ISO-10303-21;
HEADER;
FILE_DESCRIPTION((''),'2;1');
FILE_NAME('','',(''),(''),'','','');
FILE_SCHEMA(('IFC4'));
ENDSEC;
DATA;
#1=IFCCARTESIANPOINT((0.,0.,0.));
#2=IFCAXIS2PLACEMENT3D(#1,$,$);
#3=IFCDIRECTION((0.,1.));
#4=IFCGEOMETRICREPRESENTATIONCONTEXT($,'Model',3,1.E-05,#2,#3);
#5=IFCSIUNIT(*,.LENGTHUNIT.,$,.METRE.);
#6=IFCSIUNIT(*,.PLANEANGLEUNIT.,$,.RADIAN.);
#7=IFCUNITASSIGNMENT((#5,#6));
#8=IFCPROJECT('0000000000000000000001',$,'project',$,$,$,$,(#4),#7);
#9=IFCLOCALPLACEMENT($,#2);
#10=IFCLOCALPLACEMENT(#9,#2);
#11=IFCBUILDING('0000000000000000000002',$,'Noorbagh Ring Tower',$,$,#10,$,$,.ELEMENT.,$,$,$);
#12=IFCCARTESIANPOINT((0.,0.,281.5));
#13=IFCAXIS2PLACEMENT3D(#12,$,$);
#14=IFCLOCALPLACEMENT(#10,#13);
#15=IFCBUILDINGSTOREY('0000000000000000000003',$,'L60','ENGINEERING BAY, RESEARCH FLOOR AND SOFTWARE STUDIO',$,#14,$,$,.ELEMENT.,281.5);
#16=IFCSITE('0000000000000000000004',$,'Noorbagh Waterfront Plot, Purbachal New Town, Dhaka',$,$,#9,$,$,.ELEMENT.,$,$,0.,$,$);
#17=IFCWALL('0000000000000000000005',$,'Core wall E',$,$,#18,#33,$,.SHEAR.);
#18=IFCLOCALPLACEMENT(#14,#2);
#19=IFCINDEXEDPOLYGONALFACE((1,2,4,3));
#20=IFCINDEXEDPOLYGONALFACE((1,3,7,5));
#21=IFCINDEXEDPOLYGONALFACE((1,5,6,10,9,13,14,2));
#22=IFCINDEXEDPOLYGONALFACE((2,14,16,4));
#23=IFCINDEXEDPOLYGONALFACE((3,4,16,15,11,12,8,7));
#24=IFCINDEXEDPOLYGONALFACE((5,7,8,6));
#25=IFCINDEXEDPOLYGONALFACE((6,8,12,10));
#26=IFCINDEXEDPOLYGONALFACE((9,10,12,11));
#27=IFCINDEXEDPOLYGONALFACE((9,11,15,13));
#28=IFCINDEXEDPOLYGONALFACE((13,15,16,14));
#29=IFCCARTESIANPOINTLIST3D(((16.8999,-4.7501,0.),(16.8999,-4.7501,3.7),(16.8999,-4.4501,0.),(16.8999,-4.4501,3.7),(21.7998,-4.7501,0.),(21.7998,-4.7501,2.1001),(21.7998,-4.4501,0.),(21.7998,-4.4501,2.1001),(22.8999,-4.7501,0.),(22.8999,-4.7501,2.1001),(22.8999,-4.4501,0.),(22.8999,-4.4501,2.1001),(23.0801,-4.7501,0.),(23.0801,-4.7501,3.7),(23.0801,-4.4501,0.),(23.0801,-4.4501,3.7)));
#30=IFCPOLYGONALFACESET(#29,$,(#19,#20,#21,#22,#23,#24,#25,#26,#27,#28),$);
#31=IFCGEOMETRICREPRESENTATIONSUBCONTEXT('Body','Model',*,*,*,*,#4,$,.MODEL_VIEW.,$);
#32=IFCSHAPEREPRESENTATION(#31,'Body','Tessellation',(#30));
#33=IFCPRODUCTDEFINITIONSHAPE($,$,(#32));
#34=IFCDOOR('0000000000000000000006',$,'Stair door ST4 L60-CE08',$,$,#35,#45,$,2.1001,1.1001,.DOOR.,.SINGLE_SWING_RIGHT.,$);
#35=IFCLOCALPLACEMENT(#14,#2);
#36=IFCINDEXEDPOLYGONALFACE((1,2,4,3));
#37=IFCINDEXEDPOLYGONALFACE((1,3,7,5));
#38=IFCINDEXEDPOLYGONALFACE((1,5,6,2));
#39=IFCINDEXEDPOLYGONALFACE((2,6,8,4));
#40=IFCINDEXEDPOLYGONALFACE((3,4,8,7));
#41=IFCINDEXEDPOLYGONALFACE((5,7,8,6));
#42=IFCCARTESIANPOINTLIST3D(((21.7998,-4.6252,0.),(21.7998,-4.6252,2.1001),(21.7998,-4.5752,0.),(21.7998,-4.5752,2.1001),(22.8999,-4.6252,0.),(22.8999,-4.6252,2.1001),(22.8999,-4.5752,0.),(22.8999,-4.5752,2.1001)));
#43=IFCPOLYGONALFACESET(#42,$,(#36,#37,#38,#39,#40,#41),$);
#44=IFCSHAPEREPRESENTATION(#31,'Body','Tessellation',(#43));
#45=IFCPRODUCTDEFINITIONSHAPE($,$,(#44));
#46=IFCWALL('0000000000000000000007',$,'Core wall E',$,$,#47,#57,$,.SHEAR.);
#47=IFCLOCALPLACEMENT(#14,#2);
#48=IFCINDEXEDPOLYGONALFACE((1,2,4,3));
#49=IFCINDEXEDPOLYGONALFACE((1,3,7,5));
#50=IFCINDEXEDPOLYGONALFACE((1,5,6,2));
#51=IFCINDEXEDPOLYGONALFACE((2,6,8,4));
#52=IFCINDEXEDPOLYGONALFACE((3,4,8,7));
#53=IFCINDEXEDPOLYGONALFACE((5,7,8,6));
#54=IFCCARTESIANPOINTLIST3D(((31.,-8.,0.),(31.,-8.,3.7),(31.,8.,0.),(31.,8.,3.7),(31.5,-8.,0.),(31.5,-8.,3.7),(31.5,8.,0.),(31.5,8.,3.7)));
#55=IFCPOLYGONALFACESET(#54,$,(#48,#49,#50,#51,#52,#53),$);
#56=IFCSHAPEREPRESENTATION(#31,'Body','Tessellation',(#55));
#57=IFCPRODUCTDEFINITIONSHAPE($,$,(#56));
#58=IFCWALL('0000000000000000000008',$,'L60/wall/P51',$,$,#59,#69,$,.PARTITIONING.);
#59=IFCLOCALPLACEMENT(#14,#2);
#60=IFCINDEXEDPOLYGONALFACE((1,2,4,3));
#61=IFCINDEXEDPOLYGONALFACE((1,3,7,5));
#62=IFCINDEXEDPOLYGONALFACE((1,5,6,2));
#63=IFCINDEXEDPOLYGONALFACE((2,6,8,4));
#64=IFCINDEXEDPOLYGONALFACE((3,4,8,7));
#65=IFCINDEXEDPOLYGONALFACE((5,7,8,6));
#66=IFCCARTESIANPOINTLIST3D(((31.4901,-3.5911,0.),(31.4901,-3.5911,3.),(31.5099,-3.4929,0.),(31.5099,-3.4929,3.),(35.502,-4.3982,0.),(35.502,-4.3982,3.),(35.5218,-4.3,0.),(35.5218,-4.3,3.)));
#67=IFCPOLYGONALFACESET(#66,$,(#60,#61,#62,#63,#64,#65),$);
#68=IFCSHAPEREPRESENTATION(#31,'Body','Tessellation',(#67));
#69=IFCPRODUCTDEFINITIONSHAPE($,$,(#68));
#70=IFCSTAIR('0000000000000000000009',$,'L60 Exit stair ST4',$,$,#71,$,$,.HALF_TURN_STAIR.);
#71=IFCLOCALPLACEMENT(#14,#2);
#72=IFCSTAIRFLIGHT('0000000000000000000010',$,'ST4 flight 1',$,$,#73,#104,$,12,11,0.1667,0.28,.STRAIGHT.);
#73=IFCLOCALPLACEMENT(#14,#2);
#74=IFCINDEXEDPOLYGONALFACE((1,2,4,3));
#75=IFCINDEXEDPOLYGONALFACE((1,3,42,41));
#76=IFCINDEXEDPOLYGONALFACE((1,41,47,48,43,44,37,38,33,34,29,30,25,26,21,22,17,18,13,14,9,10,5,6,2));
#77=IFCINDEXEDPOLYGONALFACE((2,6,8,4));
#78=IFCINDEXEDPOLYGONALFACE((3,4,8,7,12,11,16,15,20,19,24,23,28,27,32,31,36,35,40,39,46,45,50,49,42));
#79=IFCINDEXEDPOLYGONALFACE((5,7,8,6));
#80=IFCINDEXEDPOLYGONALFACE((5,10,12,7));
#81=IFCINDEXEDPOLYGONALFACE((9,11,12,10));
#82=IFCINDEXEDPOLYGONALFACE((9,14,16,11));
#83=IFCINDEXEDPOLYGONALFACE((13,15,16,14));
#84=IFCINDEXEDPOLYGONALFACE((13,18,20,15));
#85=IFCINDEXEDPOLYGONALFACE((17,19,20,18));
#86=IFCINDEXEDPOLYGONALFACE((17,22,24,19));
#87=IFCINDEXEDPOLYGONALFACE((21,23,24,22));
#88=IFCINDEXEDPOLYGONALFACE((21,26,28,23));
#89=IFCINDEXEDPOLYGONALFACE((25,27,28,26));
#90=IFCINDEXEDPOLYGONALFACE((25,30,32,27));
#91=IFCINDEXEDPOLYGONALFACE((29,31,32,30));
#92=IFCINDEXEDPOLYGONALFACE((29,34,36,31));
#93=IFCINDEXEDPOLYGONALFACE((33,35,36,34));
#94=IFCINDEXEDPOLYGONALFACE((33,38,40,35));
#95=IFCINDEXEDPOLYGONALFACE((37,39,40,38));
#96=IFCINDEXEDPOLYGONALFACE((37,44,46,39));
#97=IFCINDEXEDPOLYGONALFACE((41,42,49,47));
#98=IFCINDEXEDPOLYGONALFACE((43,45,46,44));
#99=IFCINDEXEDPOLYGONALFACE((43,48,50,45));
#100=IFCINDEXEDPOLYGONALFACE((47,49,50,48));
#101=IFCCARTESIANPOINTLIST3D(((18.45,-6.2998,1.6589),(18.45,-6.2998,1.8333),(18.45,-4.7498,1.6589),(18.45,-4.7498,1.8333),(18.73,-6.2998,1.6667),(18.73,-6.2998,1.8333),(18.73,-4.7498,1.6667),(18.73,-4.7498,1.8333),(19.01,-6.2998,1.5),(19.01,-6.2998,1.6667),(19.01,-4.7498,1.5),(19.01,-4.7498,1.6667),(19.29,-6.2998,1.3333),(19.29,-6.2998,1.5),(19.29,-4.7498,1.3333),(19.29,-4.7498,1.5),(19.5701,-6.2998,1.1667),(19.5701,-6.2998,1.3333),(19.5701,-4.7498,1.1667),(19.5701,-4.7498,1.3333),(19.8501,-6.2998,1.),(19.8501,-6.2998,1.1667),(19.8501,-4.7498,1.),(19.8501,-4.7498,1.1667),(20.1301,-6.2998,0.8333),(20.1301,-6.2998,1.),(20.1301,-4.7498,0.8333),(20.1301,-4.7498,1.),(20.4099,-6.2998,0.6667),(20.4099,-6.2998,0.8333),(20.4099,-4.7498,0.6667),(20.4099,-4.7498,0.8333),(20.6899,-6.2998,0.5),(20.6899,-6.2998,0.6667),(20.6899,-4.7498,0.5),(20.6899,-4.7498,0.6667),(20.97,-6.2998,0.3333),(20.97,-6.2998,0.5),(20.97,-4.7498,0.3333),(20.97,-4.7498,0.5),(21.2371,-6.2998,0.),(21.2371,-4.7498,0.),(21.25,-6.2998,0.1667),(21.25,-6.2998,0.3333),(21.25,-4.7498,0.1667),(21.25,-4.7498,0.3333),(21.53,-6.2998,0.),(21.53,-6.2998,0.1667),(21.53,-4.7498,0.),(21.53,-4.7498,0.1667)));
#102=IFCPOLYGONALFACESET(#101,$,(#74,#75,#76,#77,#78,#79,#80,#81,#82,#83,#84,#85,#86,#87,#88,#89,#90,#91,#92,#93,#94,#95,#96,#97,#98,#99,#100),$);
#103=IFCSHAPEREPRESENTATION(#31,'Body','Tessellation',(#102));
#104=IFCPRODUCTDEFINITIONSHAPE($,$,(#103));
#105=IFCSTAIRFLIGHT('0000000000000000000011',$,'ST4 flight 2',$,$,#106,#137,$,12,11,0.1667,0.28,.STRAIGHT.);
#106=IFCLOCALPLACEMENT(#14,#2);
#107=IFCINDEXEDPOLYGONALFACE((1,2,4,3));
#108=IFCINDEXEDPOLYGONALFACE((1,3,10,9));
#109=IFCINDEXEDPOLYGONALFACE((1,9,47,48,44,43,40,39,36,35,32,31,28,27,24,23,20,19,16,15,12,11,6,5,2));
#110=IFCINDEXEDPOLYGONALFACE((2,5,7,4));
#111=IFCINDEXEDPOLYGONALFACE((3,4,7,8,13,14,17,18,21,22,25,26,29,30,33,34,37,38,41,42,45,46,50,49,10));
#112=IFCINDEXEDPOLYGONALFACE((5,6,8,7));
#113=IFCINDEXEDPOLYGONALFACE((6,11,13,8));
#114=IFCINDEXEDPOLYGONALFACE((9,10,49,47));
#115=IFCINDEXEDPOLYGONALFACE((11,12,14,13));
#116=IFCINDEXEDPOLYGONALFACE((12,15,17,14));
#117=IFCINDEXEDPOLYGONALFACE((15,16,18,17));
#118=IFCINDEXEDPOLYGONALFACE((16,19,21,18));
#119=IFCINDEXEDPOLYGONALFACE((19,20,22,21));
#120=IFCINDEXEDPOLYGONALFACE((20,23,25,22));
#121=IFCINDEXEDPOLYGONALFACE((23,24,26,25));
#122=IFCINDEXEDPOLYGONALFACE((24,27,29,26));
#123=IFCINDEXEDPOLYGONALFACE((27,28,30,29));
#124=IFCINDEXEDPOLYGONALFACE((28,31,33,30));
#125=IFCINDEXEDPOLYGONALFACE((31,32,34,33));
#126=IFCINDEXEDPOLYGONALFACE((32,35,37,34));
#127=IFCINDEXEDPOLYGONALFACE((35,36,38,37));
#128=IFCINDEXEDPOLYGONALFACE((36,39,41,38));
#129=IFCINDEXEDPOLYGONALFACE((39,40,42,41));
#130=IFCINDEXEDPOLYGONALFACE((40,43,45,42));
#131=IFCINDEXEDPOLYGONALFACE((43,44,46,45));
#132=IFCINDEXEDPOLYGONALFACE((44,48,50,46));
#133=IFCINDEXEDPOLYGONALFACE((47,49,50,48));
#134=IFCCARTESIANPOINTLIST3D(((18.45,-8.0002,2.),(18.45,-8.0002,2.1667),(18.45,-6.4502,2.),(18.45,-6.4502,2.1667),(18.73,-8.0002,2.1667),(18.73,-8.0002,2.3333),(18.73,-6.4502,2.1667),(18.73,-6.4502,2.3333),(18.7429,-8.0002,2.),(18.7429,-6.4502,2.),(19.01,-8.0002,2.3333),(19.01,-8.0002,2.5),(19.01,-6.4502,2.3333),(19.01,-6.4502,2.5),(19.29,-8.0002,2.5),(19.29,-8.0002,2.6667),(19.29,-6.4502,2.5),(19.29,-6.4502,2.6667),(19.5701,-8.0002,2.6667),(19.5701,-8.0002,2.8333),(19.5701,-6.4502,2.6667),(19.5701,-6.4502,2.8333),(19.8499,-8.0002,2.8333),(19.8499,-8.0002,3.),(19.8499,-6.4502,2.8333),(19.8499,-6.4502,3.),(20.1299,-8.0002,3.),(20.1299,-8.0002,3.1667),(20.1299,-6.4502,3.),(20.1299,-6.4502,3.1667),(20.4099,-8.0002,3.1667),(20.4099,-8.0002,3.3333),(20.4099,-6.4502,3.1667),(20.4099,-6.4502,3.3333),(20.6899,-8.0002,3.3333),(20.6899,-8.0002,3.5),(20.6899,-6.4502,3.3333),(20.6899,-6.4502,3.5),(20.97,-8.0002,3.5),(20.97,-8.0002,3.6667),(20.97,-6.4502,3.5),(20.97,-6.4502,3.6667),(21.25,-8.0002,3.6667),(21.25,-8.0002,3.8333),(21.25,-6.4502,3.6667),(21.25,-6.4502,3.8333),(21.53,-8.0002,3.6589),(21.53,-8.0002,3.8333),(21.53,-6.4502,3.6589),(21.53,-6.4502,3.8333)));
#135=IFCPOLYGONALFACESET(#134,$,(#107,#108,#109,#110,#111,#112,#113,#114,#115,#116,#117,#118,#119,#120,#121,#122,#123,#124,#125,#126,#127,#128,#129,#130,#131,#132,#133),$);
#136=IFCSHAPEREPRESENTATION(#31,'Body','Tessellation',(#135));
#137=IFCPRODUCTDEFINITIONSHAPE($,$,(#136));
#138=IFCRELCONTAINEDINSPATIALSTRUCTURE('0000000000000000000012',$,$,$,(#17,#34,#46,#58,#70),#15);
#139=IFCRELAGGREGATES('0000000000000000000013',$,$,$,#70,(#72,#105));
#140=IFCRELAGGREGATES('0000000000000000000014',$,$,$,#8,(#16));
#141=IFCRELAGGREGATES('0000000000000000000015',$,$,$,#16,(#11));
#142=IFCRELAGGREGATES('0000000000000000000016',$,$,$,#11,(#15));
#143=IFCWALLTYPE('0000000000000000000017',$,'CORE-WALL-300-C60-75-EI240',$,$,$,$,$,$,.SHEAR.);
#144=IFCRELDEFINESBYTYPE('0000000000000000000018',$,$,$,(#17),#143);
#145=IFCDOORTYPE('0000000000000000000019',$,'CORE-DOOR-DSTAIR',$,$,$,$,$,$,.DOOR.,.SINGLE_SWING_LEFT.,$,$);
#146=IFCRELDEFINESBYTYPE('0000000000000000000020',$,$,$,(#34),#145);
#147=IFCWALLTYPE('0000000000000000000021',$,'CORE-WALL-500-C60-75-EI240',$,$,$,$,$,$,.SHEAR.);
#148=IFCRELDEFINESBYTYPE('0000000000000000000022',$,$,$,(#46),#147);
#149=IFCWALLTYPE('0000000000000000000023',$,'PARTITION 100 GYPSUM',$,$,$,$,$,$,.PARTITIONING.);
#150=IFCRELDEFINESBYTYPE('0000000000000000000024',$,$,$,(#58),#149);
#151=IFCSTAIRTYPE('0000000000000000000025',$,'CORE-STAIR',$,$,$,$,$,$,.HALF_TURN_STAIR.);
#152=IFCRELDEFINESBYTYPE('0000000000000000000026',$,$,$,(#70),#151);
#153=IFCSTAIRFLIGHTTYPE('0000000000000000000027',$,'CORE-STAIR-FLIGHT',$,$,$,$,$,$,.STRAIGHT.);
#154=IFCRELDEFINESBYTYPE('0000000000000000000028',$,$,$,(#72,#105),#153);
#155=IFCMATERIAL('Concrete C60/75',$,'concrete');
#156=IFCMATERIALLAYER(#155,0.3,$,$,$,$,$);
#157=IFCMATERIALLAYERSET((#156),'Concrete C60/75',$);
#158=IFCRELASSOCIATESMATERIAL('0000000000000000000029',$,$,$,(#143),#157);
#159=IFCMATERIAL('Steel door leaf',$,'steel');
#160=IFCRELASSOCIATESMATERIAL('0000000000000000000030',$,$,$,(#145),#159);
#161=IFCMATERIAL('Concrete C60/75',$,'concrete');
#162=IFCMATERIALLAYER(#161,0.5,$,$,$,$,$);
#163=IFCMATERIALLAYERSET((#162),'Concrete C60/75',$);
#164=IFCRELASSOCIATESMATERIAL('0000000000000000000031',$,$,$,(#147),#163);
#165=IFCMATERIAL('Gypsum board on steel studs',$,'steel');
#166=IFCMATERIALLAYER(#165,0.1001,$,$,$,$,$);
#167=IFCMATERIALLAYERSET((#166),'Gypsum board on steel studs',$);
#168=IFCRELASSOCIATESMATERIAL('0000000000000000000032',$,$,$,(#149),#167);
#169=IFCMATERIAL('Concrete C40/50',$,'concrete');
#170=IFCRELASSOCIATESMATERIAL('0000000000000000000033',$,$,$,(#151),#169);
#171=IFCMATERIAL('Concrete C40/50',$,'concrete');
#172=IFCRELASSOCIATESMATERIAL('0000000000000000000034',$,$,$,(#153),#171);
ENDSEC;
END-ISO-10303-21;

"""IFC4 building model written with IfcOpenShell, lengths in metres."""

from ifc_helpers import new_model, si_unit, direction, frame, frame_2d, origin, place, context, subcontext, project, spatial, polyline, rectangle, outline, extrude, material, layer, layer_set, type_object, element, fill, aggregate, save


model = new_model("IFC4")

# Units and contexts
model_context = context("Model", 3, precision=1e-05, world=origin(), true_north=direction((0.0, 1.0)))
body_context = subcontext(model_context, "Body", "Model", "MODEL_VIEW")
ifc_project = project(units=[si_unit("LENGTHUNIT", "METRE"), si_unit("PLANEANGLEUNIT", "RADIAN")], contexts=[model_context])

# Site, building, storey
site_placement = place(None, origin())
site = spatial("IfcSite", under=ifc_project, at=site_placement, Name="Noorbagh Waterfront Plot, Purbachal New Town, Dhaka", CompositionType="ELEMENT", RefElevation=0.0)
building_placement = place(site_placement, origin())
building = spatial("IfcBuilding", under=site, at=building_placement, Name="Noorbagh Ring Tower", CompositionType="ELEMENT")
storey_placement = place(building_placement, frame((0.0, 0.0, 281.5)))
storey = spatial("IfcBuildingStorey", under=building, at=storey_placement, Name="L60", Description="ENGINEERING BAY, RESEARCH FLOOR AND SOFTWARE STUDIO", CompositionType="ELEMENT", Elevation=281.5)

# Shared definitions
ifc_material_1 = material(Name="Concrete C60/75", Category="concrete")
ifc_layer_1 = layer(ifc_material_1, 0.3)
ifc_layer_set_1 = layer_set([ifc_layer_1], Name="Concrete C60/75")
wall_type_1 = type_object("IfcWallType", Name="CORE-WALL-300-C60-75-EI240", PredefinedType="SHEAR", material=ifc_layer_set_1)

# Wall, opening, door
wall_1_placement = place(storey_placement, frame((16.8999, -4.6001, 0.0), z_axis=(0.0, 0.0, 1.0), x_axis=(1.0, 0.0, 0.0)))
wall_1 = element("IfcWall", 1, at=wall_1_placement, inside=storey, type_object=wall_type_1, Name="Core wall E", PredefinedType="SHEAR", context=body_context, shape_type="SweptSolid", body=[
    extrude(rectangle(XDim=6.1802, YDim=0.3, at=frame_2d((3.0901, 0.0))), origin(), (0.0, 0.0, 1.0), 3.7),
])
opening_1_placement = place(wall_1_placement, frame((4.8999, 0.0, 0.0)))
opening_1 = element("IfcOpeningElement", 2, at=opening_1_placement, cuts=wall_1, PredefinedType="OPENING", context=body_context, shape_type="SweptSolid", body=[
    extrude(rectangle(XDim=1.1001, YDim=2.1001, at=frame_2d((0.55, 1.05))), frame((0.0, 0.1602, 0.0), z_axis=(0.0, -1.0, 0.0), x_axis=(1.0, 0.0, 0.0)), (0.0, 0.0, 1.0), 0.3201),
])
ifc_material_2 = material(Name="Steel door leaf", Category="steel")
door_type_1 = type_object("IfcDoorType", Name="CORE-DOOR-DSTAIR", OperationType="SINGLE_SWING_LEFT", PredefinedType="DOOR", material=ifc_material_2)
door_1_placement = place(opening_1_placement, origin())
door_1 = element("IfcDoor", 3, at=door_1_placement, inside=storey, type_object=door_type_1, Name="Stair door ST4 L60-CE08", OperationType="SINGLE_SWING_RIGHT", OverallHeight=2.1001, OverallWidth=1.1001, PredefinedType="DOOR", context=body_context, shape_type="SweptSolid", body=[
    extrude(rectangle(XDim=1.1001, YDim=2.1001, at=frame_2d((0.55, 1.05))), frame((0.0, 0.0249, 0.0), z_axis=(0.0, -1.0, 0.0), x_axis=(1.0, 0.0, 0.0)), (0.0, 0.0, 1.0), 0.05),
])
fill(opening_1, door_1)

# Walls
ifc_material_3 = material(Name="Concrete C60/75", Category="concrete")
ifc_layer_2 = layer(ifc_material_3, 0.5)
ifc_layer_set_2 = layer_set([ifc_layer_2], Name="Concrete C60/75")
wall_type_2 = type_object("IfcWallType", Name="CORE-WALL-500-C60-75-EI240", PredefinedType="SHEAR", material=ifc_layer_set_2)
wall_2_placement = place(storey_placement, frame((31.25, -8.0, 0.0), z_axis=(0.0, 0.0, 1.0), x_axis=(0.0, 1.0, 0.0)))
element("IfcWall", 4, at=wall_2_placement, inside=storey, type_object=wall_type_2, Name="Core wall E", PredefinedType="SHEAR", context=body_context, shape_type="SweptSolid", body=[
    extrude(rectangle(XDim=16.0, YDim=0.5, at=frame_2d((8.0, 0.0))), origin(), (0.0, 0.0, 1.0), 3.7),
])
ifc_material_4 = material(Name="Gypsum board on steel studs", Category="steel")
ifc_layer_3 = layer(ifc_material_4, 0.1001)
ifc_layer_set_3 = layer_set([ifc_layer_3], Name="Gypsum board on steel studs")
wall_type_3 = type_object("IfcWallType", Name="PARTITION 100 GYPSUM", PredefinedType="PARTITIONING", material=ifc_layer_set_3)
wall_3_placement = place(storey_placement, frame((31.5, -3.542, 0.0), z_axis=(0.0, 0.0, 1.0), x_axis=(0.980357, -0.197229, 0.0)))
element("IfcWall", 5, at=wall_3_placement, inside=storey, type_object=wall_type_3, Name="L60/wall/P51", PredefinedType="PARTITIONING", context=body_context, shape_type="SweptSolid", body=[
    extrude(rectangle(XDim=4.0923, YDim=0.1001, at=frame_2d((2.0461, 0.0))), origin(), (0.0, 0.0, 1.0), 3.0),
])

# Stair, stair flights
ifc_material_5 = material(Name="Concrete C40/50", Category="concrete")
stair_type = type_object("IfcStairType", Name="CORE-STAIR", PredefinedType="HALF_TURN_STAIR", material=ifc_material_5)
stair_placement = place(storey_placement, origin())
stair = element("IfcStair", 6, at=stair_placement, inside=storey, type_object=stair_type, Name="L60 Exit stair ST4", PredefinedType="HALF_TURN_STAIR")
ifc_material_6 = material(Name="Concrete C40/50", Category="concrete")
stair_flight_type = type_object("IfcStairFlightType", Name="CORE-STAIR-FLIGHT", PredefinedType="STRAIGHT", material=ifc_material_6)
stair_flight_1_placement = place(storey_placement, frame((21.53, -5.5249, 0.0), z_axis=(0.0, 0.0, 1.0), x_axis=(-1.0, 0.0, 0.0)))
stair_flight_1 = element("IfcStairFlight", 7, at=stair_flight_1_placement, type_object=stair_flight_type, Name="ST4 flight 1", NumberOfRisers=12, NumberOfTreads=11, PredefinedType="STRAIGHT", RiserHeight=0.1667, TreadLength=0.28, context=body_context, shape_type="SweptSolid", body=[
    extrude(outline(polyline([(0.0, 0.0), (0.0, 0.1667), (0.28, 0.1667), (0.28, 0.3333), (0.5601, 0.3333), (0.5601, 0.5), (0.8401, 0.5), (0.8401, 0.6667), (1.1201, 0.6667), (1.1201, 0.8333), (1.3999, 0.8333), (1.3999, 1.0), (1.6799, 1.0), (1.6799, 1.1667), (1.96, 1.1667), (1.96, 1.3333), (2.24, 1.3333), (2.24, 1.5), (2.52, 1.5), (2.52, 1.6667), (2.8, 1.6667), (2.8, 1.8333), (3.0801, 1.8333), (3.0801, 2.0), (3.0801, 1.6589), (0.293, 0.0), (0.0, 0.0)])), frame((0.0, 0.7749, 0.0), z_axis=(0.0, -1.0, 0.0), x_axis=(1.0, 0.0, 0.0)), (0.0, 0.0, 1.0), 1.55),
])
stair_flight_2_placement = place(storey_placement, frame((18.45, -7.2251, 2.0), z_axis=(0.0, 0.0, 1.0), x_axis=(1.0, 0.0, 0.0)))
stair_flight_2 = element("IfcStairFlight", 8, at=stair_flight_2_placement, type_object=stair_flight_type, Name="ST4 flight 2", NumberOfRisers=12, NumberOfTreads=11, PredefinedType="STRAIGHT", RiserHeight=0.1667, TreadLength=0.28, context=body_context, shape_type="SweptSolid", body=[
    extrude(outline(polyline([(0.0, 0.0), (0.0, 0.1667), (0.28, 0.1667), (0.28, 0.3333), (0.5601, 0.3333), (0.5601, 0.5), (0.8401, 0.5), (0.8401, 0.6667), (1.1201, 0.6667), (1.1201, 0.8333), (1.3999, 0.8333), (1.3999, 1.0), (1.6799, 1.0), (1.6799, 1.1667), (1.96, 1.1667), (1.96, 1.3333), (2.24, 1.3333), (2.24, 1.5), (2.52, 1.5), (2.52, 1.6667), (2.8, 1.6667), (2.8, 1.8333), (3.0801, 1.8333), (3.0801, 2.0), (3.0801, 1.6589), (0.293, 0.0), (0.0, 0.0)])), frame((0.0, 0.7749, 0.0), z_axis=(0.0, -1.0, 0.0), x_axis=(1.0, 0.0, 0.0)), (0.0, 0.0, 1.0), 1.55),
])
aggregate(stair, [stair_flight_1, stair_flight_2])

save(model, "model.ifc")
